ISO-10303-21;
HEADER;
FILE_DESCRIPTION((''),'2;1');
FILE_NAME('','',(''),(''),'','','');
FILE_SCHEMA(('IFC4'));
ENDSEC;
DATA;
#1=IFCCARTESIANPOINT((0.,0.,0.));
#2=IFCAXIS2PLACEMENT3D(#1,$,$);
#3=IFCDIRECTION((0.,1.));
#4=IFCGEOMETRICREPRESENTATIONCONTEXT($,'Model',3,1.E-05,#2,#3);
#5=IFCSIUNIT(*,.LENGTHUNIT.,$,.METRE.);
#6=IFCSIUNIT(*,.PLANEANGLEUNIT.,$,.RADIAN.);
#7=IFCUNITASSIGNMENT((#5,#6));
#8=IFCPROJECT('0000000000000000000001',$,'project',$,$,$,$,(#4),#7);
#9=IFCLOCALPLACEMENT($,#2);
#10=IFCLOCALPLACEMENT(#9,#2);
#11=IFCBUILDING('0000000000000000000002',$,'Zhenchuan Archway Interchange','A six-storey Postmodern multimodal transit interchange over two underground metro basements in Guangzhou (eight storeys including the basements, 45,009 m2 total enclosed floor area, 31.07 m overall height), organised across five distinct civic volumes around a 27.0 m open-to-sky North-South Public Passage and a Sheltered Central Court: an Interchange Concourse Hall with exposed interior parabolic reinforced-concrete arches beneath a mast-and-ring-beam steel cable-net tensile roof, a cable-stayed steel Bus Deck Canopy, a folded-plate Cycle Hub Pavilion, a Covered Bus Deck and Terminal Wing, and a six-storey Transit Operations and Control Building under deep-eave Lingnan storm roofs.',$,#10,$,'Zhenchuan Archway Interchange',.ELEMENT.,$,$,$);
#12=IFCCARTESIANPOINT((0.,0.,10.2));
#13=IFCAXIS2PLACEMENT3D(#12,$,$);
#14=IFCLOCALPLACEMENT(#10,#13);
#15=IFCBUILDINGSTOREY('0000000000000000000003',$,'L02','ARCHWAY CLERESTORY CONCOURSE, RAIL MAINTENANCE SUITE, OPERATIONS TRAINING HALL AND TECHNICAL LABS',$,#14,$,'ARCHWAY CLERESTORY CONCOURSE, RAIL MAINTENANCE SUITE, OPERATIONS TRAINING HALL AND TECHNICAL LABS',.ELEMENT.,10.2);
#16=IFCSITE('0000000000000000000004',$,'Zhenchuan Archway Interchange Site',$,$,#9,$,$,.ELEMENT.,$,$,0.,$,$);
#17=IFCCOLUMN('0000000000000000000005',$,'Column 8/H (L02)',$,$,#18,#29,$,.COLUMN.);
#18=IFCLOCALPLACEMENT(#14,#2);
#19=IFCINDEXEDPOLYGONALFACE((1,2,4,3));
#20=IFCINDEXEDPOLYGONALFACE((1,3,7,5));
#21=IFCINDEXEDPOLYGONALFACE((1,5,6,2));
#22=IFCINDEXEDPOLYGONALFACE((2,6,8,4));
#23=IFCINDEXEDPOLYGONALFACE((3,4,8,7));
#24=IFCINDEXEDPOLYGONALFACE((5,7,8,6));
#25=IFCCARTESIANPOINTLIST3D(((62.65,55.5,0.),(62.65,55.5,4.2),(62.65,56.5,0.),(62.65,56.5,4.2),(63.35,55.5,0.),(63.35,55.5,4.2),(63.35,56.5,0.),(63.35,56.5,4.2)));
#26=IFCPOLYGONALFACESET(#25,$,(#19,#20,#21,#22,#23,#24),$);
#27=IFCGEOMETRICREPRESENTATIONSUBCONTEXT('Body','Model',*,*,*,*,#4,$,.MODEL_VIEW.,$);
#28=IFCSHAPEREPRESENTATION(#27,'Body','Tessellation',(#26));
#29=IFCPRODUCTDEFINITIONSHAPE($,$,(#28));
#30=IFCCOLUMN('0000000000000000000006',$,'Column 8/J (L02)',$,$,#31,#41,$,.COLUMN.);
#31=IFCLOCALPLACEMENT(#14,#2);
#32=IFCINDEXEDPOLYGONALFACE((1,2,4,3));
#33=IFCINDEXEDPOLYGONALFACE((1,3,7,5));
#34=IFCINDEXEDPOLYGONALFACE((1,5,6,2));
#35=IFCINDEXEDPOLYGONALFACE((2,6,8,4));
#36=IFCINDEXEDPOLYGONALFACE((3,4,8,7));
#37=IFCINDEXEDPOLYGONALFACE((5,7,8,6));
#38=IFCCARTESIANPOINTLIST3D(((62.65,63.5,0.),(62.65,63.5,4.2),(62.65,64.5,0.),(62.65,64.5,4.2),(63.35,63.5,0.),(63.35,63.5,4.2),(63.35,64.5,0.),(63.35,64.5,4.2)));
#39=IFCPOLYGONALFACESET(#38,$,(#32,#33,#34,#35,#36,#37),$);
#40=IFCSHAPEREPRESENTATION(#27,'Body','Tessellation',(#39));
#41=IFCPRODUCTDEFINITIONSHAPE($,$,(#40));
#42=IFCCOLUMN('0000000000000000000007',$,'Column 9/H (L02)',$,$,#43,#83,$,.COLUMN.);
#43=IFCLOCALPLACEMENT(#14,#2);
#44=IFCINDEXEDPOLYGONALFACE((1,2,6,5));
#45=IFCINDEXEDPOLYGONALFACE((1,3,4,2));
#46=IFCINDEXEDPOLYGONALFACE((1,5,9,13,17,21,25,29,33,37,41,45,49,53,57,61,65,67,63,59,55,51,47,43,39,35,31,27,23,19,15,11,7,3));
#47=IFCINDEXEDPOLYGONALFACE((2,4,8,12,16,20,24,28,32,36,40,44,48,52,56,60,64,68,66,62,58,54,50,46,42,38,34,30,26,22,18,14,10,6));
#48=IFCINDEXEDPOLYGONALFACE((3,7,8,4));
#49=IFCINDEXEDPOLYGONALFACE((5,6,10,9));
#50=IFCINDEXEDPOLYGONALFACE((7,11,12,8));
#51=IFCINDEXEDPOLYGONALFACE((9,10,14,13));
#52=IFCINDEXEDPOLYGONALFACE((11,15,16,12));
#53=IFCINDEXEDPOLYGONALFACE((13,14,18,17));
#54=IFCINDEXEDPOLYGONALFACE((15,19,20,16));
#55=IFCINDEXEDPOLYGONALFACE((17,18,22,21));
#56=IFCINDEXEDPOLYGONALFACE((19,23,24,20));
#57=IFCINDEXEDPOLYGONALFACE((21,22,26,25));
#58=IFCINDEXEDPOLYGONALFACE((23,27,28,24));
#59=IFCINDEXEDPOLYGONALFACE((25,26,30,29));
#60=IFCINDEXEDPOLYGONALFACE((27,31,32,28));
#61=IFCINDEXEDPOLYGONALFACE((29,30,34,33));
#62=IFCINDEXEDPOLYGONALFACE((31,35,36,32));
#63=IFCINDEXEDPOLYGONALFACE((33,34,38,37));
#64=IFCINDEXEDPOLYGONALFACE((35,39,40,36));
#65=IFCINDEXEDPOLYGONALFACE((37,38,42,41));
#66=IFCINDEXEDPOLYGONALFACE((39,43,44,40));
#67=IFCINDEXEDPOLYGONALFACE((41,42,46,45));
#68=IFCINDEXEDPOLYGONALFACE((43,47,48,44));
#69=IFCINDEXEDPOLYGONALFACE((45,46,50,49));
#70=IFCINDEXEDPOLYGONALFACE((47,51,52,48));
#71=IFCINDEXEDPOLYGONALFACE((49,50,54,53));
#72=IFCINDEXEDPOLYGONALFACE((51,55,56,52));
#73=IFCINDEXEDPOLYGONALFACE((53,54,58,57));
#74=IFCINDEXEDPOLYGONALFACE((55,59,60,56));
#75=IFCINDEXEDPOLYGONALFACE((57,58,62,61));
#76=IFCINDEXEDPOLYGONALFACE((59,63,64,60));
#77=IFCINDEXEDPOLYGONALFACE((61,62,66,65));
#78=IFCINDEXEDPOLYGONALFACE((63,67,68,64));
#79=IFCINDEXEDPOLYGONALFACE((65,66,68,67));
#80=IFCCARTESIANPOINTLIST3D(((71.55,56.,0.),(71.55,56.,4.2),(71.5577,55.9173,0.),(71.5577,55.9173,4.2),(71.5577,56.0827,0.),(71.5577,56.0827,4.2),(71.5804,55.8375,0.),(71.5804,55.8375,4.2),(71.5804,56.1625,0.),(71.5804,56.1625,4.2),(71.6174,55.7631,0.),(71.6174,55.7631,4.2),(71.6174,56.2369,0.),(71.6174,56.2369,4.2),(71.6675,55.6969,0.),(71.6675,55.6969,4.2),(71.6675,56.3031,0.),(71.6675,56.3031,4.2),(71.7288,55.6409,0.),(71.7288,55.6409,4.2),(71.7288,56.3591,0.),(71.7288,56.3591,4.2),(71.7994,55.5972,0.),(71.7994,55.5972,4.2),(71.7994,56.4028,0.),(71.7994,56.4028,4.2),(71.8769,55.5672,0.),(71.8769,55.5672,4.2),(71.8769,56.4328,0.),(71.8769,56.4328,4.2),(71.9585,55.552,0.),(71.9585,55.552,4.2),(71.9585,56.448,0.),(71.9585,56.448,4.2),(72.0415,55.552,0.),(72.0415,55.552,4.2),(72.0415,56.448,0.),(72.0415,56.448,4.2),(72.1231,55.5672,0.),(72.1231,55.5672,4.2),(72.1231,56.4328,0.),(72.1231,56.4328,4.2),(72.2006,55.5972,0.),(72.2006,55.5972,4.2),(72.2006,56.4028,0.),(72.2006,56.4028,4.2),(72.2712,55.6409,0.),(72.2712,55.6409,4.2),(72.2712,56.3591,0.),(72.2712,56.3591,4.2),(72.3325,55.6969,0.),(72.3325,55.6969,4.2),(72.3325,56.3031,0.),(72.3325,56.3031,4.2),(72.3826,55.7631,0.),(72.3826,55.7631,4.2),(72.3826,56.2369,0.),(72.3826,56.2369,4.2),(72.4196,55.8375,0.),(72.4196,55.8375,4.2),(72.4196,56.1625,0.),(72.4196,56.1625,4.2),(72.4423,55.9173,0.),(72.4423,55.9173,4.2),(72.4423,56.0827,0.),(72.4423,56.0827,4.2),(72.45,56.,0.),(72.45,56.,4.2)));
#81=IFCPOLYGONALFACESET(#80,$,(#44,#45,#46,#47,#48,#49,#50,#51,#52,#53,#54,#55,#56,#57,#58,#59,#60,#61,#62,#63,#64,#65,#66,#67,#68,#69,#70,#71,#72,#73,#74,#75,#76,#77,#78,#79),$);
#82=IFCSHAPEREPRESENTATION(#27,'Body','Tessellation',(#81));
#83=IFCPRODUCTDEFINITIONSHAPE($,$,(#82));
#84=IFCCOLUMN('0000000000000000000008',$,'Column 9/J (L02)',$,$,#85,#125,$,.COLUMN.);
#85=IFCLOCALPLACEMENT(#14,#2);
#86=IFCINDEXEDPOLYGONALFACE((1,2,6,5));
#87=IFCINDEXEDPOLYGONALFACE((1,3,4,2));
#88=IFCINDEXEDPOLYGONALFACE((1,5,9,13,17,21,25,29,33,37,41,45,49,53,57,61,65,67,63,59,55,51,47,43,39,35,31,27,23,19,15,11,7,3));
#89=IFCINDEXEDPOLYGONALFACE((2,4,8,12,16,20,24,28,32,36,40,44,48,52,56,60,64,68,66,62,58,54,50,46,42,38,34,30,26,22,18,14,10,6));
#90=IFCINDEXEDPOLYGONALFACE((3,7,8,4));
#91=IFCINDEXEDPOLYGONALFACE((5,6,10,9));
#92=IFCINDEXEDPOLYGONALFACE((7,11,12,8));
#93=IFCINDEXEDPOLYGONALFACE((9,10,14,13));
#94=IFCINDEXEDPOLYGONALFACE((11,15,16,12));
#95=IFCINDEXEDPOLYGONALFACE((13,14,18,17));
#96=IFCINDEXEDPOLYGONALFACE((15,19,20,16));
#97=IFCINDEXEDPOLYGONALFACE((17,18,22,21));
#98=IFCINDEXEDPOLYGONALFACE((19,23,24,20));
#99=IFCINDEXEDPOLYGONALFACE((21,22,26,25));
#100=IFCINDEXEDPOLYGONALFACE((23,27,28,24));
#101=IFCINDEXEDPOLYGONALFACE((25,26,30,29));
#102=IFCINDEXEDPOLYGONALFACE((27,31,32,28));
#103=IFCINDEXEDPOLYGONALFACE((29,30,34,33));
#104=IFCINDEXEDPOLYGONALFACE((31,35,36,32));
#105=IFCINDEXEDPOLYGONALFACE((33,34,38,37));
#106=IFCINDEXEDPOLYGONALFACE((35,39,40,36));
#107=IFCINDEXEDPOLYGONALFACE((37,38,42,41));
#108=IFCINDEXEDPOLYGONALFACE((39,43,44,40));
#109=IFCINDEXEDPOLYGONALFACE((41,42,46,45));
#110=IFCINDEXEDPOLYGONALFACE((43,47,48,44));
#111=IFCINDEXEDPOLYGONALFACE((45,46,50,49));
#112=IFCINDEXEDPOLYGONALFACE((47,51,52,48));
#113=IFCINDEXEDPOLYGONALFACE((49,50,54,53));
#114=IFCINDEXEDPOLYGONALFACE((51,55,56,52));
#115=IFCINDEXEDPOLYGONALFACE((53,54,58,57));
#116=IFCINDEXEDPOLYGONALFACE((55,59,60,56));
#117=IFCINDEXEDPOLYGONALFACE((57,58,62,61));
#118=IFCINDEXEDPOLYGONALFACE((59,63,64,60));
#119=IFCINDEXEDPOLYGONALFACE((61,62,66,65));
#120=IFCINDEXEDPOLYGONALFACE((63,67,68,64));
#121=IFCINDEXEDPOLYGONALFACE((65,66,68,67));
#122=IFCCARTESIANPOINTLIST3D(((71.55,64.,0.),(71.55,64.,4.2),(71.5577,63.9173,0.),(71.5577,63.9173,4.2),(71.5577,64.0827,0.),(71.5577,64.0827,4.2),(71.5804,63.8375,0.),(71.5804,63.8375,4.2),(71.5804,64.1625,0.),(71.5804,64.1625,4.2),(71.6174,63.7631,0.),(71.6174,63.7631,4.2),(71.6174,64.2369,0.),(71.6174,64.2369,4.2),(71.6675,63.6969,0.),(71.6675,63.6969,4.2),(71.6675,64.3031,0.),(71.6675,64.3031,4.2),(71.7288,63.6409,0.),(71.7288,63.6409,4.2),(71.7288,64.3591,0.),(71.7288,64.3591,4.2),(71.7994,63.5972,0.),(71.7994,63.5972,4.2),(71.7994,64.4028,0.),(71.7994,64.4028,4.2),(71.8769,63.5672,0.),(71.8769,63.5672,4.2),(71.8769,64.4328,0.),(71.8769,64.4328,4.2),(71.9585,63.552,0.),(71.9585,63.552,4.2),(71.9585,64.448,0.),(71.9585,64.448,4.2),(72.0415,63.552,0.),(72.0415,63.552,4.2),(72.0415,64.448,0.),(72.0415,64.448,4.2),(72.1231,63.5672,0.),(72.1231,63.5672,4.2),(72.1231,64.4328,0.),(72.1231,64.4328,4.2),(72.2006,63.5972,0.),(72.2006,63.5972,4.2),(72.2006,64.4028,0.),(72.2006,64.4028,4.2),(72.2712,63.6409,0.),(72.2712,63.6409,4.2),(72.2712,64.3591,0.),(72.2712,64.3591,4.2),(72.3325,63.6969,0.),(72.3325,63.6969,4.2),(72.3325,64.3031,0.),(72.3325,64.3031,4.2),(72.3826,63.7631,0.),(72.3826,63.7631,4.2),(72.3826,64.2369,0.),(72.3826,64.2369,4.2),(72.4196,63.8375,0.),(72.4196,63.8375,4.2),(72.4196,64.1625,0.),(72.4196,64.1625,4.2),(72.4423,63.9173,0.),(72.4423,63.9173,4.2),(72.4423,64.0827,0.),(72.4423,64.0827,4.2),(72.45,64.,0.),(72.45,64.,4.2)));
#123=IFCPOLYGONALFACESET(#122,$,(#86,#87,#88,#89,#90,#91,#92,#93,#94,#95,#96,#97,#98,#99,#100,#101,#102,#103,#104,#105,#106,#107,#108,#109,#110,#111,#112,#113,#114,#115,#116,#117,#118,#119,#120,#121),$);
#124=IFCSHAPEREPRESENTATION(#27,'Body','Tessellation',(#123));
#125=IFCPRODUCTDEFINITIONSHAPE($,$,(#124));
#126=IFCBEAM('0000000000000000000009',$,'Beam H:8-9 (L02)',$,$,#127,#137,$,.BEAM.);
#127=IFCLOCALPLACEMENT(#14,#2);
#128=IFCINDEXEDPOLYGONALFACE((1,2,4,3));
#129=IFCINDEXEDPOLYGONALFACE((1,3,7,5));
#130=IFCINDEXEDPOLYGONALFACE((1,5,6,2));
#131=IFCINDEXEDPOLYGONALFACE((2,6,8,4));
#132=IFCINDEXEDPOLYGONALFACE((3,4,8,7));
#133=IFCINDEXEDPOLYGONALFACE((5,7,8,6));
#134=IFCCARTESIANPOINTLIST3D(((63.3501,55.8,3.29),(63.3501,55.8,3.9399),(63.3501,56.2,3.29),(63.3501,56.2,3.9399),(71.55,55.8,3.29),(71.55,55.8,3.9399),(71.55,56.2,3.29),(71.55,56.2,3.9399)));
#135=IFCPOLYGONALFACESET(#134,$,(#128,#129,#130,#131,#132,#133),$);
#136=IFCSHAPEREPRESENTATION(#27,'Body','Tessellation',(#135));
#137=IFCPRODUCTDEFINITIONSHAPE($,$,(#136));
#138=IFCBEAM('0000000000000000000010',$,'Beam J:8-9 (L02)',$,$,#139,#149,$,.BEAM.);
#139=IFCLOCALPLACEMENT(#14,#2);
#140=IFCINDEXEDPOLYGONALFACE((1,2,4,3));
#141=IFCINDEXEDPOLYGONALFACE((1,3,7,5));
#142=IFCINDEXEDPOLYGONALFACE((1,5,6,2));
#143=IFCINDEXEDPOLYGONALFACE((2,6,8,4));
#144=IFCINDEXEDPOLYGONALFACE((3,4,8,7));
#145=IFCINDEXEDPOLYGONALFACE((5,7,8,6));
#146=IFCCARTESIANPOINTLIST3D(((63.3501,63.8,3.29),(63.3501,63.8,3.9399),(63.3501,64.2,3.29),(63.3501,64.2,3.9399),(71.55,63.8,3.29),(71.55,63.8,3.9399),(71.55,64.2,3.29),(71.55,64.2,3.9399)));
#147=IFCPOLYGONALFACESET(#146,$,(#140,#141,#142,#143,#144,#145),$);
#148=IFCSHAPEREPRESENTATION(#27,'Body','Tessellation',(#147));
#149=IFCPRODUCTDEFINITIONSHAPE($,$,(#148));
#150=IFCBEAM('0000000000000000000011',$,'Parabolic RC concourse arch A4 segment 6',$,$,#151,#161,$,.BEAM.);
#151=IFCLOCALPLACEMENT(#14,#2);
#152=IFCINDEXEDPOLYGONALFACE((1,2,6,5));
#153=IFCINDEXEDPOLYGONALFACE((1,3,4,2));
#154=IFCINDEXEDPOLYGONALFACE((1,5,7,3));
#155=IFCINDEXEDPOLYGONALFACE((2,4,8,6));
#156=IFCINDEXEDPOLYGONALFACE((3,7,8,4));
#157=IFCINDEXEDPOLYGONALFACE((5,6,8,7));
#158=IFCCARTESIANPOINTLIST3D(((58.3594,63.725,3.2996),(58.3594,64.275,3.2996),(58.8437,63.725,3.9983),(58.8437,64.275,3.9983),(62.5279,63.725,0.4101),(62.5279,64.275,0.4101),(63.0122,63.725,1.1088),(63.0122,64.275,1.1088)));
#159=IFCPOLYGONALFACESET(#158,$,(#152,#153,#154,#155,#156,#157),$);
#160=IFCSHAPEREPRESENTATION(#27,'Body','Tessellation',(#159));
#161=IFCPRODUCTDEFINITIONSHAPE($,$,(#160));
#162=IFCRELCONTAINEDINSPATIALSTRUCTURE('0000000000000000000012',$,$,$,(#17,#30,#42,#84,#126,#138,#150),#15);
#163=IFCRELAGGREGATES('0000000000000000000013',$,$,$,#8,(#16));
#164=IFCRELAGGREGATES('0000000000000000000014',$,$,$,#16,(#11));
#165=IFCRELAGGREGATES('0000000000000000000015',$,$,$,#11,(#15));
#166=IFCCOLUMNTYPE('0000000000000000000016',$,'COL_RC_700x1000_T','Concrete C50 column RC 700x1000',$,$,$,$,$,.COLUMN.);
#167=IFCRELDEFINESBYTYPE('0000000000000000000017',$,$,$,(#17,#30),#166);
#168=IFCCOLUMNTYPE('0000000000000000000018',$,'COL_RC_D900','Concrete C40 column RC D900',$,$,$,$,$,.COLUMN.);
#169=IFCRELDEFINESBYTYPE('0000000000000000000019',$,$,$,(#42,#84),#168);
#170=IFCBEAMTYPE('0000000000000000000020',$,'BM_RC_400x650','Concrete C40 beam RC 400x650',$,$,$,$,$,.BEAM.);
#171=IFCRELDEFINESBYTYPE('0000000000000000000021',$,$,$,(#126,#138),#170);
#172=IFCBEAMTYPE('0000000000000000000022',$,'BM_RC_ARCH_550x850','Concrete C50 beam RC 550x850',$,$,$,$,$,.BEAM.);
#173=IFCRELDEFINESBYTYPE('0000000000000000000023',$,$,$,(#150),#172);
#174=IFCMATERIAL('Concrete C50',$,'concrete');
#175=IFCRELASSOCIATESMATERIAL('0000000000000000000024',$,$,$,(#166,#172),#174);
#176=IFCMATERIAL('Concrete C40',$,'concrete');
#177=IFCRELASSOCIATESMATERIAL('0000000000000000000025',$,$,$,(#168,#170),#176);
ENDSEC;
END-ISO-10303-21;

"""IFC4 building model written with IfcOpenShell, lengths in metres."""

from ifc_helpers import new_model, si_unit, direction, frame, origin, origin_2d, place, context, subcontext, project, spatial, rectangle, circle, extrude, material, material_profile, profile_set, type_object, element, save


model = new_model("IFC4")

# Units and contexts
model_context = context("Model", 3, precision=1e-05, world=origin(), true_north=direction((0.0, 1.0)))
body_context = subcontext(model_context, "Body", "Model", "MODEL_VIEW")
ifc_project = project(units=[si_unit("LENGTHUNIT", "METRE"), si_unit("PLANEANGLEUNIT", "RADIAN")], contexts=[model_context])

# Site, building, storey
site_placement = place(None, origin())
site = spatial("IfcSite", under=ifc_project, at=site_placement, Name="Zhenchuan Archway Interchange Site", CompositionType="ELEMENT", RefElevation=0.0)
building_placement = place(site_placement, origin())
building = spatial("IfcBuilding", under=site, at=building_placement, Name="Zhenchuan Archway Interchange", Description="A six-storey Postmodern multimodal transit interchange over two underground metro basements in Guangzhou (eight storeys including the basements, 45,009 m2 total enclosed floor area, 31.07 m overall height), organised across five distinct civic volumes around a 27.0 m open-to-sky North-South Public Passage and a Sheltered Central Court: an Interchange Concourse Hall with exposed interior parabolic reinforced-concrete arches beneath a mast-and-ring-beam steel cable-net tensile roof, a cable-stayed steel Bus Deck Canopy, a folded-plate Cycle Hub Pavilion, a Covered Bus Deck and Terminal Wing, and a six-storey Transit Operations and Control Building under deep-eave Lingnan storm roofs.", LongName="Zhenchuan Archway Interchange", CompositionType="ELEMENT")
storey_placement = place(building_placement, frame((0.0, 0.0, 10.2)))
storey = spatial("IfcBuildingStorey", under=building, at=storey_placement, Name="L02", Description="ARCHWAY CLERESTORY CONCOURSE, RAIL MAINTENANCE SUITE, OPERATIONS TRAINING HALL AND TECHNICAL LABS", LongName="ARCHWAY CLERESTORY CONCOURSE, RAIL MAINTENANCE SUITE, OPERATIONS TRAINING HALL AND TECHNICAL LABS", CompositionType="ELEMENT", Elevation=10.2)

# Columns
ifc_material_1 = material(Name="Concrete C50", Category="concrete")
ifc_material_profile_1 = material_profile(ifc_material_1, rectangle(XDim=0.7, YDim=1.0, at=origin_2d()), Name="RC 700x1000")
ifc_profile_set_1 = profile_set([ifc_material_profile_1], Name="Concrete C50")
column_type_1 = type_object("IfcColumnType", Name="COL_RC_700x1000_T", Description="Concrete C50 column RC 700x1000", PredefinedType="COLUMN", material=ifc_profile_set_1)
for number, where, z_axis, x_axis, name in (
    (1, (63.0, 56.0, 0.0), (0.0, 0.0, 1.0), (1.0, 0.0, 0.0), "Column 8/H (L02)"),
    (2, (63.0, 64.0, 0.0), (0.0, 0.0, 1.0), (1.0, 0.0, 0.0), "Column 8/J (L02)"),
):
    element("IfcColumn", number, at=place(storey_placement, frame(where, z_axis=z_axis, x_axis=x_axis)), inside=storey, type_object=column_type_1, Name=name, PredefinedType="COLUMN", context=body_context, shape_type="SweptSolid", body=[
        extrude(rectangle(XDim=0.7, YDim=1.0, at=origin_2d()), origin(), (0.0, 0.0, 1.0), 4.2),
    ])
ifc_material_2 = material(Name="Concrete C40", Category="concrete")
ifc_material_profile_2 = material_profile(ifc_material_2, circle(Radius=0.45, at=origin_2d()), Name="RC D900")
ifc_profile_set_2 = profile_set([ifc_material_profile_2], Name="Concrete C40")
column_type_2 = type_object("IfcColumnType", Name="COL_RC_D900", Description="Concrete C40 column RC D900", PredefinedType="COLUMN", material=ifc_profile_set_2)
for number, where, z_axis, x_axis, name in (
    (3, (72.0, 56.0, 0.0), (0.0, 0.0, 1.0), (1.0, 0.0, 0.0), "Column 9/H (L02)"),
    (4, (72.0, 64.0, 0.0), (0.0, 0.0, 1.0), (1.0, 0.0, 0.0), "Column 9/J (L02)"),
):
    element("IfcColumn", number, at=place(storey_placement, frame(where, z_axis=z_axis, x_axis=x_axis)), inside=storey, type_object=column_type_2, Name=name, PredefinedType="COLUMN", context=body_context, shape_type="SweptSolid", body=[
        extrude(circle(Radius=0.45, at=origin_2d()), origin(), (0.0, 0.0, 1.0), 4.2),
    ])

# Beams
ifc_material_profile_3 = material_profile(ifc_material_2, rectangle(XDim=0.3999, YDim=0.6499, at=origin_2d()), Name="RC 400x650")
ifc_profile_set_3 = profile_set([ifc_material_profile_3], Name="Concrete C40")
beam_type_1 = type_object("IfcBeamType", Name="BM_RC_400x650", Description="Concrete C40 beam RC 400x650", PredefinedType="BEAM", material=ifc_profile_set_3)
for number, where, z_axis, x_axis, name in (
    (5, (63.3501, 56.0, 3.615), (1.0, 0.0, 0.0), (0.0, 1.0, 0.0), "Beam H:8-9 (L02)"),
    (6, (63.3501, 64.0, 3.615), (1.0, 0.0, 0.0), (0.0, 1.0, 0.0), "Beam J:8-9 (L02)"),
):
    element("IfcBeam", number, at=place(storey_placement, frame(where, z_axis=z_axis, x_axis=x_axis)), inside=storey, type_object=beam_type_1, Name=name, PredefinedType="BEAM", context=body_context, shape_type="SweptSolid", body=[
        extrude(rectangle(XDim=0.3999, YDim=0.6499, at=origin_2d()), origin(), (0.0, 0.0, 1.0), 8.2),
    ])
ifc_material_profile_4 = material_profile(ifc_material_1, rectangle(XDim=0.55, YDim=0.8501, at=origin_2d()), Name="RC 550x850")
ifc_profile_set_4 = profile_set([ifc_material_profile_4], Name="Concrete C50")
beam_type_2 = type_object("IfcBeamType", Name="BM_RC_ARCH_550x850", Description="Concrete C50 beam RC 550x850", PredefinedType="BEAM", material=ifc_profile_set_4)
beam_placement = place(storey_placement, frame((58.6016, 64.0, 3.6489), z_axis=(0.821865, 0.0, -0.569683), x_axis=(0.0, 1.0, 0.0)))
element("IfcBeam", 7, at=beam_placement, inside=storey, type_object=beam_type_2, Name="Parabolic RC concourse arch A4 segment 6", PredefinedType="BEAM", context=body_context, shape_type="SweptSolid", body=[
    extrude(rectangle(XDim=0.55, YDim=0.8501, at=origin_2d()), origin(), (0.0, 0.0, 1.0), 5.072),
])

save(model, "model.ifc")
